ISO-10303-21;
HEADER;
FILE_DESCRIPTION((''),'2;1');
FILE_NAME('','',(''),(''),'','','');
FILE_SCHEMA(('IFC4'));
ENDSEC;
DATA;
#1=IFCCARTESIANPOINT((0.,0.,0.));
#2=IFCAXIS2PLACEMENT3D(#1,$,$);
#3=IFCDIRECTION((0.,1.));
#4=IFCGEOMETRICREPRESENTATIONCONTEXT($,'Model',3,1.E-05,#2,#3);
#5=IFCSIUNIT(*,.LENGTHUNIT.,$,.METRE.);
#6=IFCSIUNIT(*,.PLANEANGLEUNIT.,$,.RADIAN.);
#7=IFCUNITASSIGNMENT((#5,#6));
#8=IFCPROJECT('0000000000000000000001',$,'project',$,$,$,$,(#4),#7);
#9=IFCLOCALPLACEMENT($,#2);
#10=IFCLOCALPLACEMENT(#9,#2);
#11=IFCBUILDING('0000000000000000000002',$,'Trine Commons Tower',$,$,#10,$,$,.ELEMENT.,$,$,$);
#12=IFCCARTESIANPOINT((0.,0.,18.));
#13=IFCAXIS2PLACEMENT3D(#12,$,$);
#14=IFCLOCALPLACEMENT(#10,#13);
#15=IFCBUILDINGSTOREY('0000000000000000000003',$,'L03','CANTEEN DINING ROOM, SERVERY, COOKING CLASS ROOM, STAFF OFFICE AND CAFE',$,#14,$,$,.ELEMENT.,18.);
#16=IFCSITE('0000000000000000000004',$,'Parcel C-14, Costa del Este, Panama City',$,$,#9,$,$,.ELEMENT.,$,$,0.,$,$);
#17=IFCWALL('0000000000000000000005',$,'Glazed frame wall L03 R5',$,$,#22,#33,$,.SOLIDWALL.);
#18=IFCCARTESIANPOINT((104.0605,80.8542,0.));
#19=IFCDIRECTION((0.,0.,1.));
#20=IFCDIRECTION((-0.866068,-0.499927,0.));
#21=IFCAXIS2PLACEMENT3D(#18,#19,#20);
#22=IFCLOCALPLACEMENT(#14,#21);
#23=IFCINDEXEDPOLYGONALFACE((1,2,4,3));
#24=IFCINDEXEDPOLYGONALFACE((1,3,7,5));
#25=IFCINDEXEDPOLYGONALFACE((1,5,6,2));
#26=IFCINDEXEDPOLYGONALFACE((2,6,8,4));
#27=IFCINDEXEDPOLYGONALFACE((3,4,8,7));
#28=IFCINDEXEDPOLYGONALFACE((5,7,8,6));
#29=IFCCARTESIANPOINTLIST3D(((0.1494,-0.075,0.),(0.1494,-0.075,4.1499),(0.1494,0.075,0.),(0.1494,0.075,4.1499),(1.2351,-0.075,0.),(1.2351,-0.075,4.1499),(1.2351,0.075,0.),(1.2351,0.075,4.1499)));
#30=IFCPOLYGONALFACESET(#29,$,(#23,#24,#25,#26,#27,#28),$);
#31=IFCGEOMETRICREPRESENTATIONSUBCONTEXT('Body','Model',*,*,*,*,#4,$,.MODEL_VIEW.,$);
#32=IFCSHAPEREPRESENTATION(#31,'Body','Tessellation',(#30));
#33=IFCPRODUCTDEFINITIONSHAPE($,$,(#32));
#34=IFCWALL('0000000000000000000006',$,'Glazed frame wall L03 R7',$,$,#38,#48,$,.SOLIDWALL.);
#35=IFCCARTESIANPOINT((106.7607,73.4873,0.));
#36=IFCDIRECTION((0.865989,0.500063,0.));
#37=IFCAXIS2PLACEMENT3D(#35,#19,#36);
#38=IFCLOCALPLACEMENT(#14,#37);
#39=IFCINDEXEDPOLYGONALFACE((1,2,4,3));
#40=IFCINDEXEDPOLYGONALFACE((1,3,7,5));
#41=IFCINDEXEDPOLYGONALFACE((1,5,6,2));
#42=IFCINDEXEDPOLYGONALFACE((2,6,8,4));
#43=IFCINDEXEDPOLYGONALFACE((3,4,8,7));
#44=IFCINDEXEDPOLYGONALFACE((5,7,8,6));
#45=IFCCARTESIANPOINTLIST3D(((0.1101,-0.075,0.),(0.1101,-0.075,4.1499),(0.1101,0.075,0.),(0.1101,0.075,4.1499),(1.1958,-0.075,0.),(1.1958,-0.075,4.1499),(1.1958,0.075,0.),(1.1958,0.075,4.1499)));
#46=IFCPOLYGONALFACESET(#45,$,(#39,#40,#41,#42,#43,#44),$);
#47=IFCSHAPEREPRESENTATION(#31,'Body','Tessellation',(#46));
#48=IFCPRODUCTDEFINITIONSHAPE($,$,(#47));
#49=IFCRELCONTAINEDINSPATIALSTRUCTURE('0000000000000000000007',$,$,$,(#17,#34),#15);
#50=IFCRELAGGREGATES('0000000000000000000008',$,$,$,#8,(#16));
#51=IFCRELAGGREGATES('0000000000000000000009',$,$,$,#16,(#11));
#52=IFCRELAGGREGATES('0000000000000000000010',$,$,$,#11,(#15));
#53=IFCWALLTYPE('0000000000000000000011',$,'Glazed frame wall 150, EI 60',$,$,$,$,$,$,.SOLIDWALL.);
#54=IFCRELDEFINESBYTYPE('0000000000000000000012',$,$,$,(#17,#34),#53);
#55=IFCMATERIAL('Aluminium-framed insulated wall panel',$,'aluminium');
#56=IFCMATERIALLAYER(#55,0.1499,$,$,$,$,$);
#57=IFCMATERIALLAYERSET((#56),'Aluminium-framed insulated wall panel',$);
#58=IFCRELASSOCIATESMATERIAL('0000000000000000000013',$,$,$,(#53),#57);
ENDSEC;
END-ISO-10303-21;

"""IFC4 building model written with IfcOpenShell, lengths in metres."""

from ifc_helpers import new_model, si_unit, direction, frame, origin, place, context, subcontext, project, spatial, polyline, outline, extrude, material, layer, layer_set, type_object, element, save


model = new_model("IFC4")

# Units and contexts
model_context = context("Model", 3, precision=1e-05, world=origin(), true_north=direction((0.0, 1.0)))
body_context = subcontext(model_context, "Body", "Model", "MODEL_VIEW")
ifc_project = project(units=[si_unit("LENGTHUNIT", "METRE"), si_unit("PLANEANGLEUNIT", "RADIAN")], contexts=[model_context])

# Site, building, storey
site_placement = place(None, origin())
site = spatial("IfcSite", under=ifc_project, at=site_placement, Name="Parcel C-14, Costa del Este, Panama City", CompositionType="ELEMENT", RefElevation=0.0)
building_placement = place(site_placement, origin())
building = spatial("IfcBuilding", under=site, at=building_placement, Name="Trine Commons Tower", CompositionType="ELEMENT")
storey_placement = place(building_placement, frame((0.0, 0.0, 18.0)))
storey = spatial("IfcBuildingStorey", under=building, at=storey_placement, Name="L03", Description="CANTEEN DINING ROOM, SERVERY, COOKING CLASS ROOM, STAFF OFFICE AND CAFE", CompositionType="ELEMENT", Elevation=18.0)

# Walls
ifc_material_1 = material(Name="Aluminium-framed insulated wall panel", Category="aluminium")
ifc_layer_1 = layer(ifc_material_1, 0.1499)
ifc_layer_set_1 = layer_set([ifc_layer_1], Name="Aluminium-framed insulated wall panel")
wall_type = type_object("IfcWallType", Name="Glazed frame wall 150, EI 60", PredefinedType="SOLIDWALL", material=ifc_layer_set_1)
wall_1_placement = place(storey_placement, frame((104.0605, 80.8542, 0.0), z_axis=(0.0, 0.0, 1.0), x_axis=(-0.866068, -0.499927, 0.0)))
element("IfcWall", 1, at=wall_1_placement, inside=storey, type_object=wall_type, Name="Glazed frame wall L03 R5", PredefinedType="SOLIDWALL", context=body_context, shape_type="SweptSolid", body=[
    extrude(outline(polyline([(0.1494, 0.075), (0.1494, -0.075), (1.2351, -0.075), (1.2351, 0.075), (0.1494, 0.075)])), origin(), (0.0, 0.0, 1.0), 4.1499),
])
wall_2_placement = place(storey_placement, frame((106.7607, 73.4873, 0.0), z_axis=(0.0, 0.0, 1.0), x_axis=(0.865989, 0.500063, 0.0)))
element("IfcWall", 2, at=wall_2_placement, inside=storey, type_object=wall_type, Name="Glazed frame wall L03 R7", PredefinedType="SOLIDWALL", context=body_context, shape_type="SweptSolid", body=[
    extrude(outline(polyline([(0.1101, 0.075), (0.1101, -0.075), (1.1958, -0.075), (1.1958, 0.075), (0.1101, 0.075)])), origin(), (0.0, 0.0, 1.0), 4.1499),
])

save(model, "model.ifc")
